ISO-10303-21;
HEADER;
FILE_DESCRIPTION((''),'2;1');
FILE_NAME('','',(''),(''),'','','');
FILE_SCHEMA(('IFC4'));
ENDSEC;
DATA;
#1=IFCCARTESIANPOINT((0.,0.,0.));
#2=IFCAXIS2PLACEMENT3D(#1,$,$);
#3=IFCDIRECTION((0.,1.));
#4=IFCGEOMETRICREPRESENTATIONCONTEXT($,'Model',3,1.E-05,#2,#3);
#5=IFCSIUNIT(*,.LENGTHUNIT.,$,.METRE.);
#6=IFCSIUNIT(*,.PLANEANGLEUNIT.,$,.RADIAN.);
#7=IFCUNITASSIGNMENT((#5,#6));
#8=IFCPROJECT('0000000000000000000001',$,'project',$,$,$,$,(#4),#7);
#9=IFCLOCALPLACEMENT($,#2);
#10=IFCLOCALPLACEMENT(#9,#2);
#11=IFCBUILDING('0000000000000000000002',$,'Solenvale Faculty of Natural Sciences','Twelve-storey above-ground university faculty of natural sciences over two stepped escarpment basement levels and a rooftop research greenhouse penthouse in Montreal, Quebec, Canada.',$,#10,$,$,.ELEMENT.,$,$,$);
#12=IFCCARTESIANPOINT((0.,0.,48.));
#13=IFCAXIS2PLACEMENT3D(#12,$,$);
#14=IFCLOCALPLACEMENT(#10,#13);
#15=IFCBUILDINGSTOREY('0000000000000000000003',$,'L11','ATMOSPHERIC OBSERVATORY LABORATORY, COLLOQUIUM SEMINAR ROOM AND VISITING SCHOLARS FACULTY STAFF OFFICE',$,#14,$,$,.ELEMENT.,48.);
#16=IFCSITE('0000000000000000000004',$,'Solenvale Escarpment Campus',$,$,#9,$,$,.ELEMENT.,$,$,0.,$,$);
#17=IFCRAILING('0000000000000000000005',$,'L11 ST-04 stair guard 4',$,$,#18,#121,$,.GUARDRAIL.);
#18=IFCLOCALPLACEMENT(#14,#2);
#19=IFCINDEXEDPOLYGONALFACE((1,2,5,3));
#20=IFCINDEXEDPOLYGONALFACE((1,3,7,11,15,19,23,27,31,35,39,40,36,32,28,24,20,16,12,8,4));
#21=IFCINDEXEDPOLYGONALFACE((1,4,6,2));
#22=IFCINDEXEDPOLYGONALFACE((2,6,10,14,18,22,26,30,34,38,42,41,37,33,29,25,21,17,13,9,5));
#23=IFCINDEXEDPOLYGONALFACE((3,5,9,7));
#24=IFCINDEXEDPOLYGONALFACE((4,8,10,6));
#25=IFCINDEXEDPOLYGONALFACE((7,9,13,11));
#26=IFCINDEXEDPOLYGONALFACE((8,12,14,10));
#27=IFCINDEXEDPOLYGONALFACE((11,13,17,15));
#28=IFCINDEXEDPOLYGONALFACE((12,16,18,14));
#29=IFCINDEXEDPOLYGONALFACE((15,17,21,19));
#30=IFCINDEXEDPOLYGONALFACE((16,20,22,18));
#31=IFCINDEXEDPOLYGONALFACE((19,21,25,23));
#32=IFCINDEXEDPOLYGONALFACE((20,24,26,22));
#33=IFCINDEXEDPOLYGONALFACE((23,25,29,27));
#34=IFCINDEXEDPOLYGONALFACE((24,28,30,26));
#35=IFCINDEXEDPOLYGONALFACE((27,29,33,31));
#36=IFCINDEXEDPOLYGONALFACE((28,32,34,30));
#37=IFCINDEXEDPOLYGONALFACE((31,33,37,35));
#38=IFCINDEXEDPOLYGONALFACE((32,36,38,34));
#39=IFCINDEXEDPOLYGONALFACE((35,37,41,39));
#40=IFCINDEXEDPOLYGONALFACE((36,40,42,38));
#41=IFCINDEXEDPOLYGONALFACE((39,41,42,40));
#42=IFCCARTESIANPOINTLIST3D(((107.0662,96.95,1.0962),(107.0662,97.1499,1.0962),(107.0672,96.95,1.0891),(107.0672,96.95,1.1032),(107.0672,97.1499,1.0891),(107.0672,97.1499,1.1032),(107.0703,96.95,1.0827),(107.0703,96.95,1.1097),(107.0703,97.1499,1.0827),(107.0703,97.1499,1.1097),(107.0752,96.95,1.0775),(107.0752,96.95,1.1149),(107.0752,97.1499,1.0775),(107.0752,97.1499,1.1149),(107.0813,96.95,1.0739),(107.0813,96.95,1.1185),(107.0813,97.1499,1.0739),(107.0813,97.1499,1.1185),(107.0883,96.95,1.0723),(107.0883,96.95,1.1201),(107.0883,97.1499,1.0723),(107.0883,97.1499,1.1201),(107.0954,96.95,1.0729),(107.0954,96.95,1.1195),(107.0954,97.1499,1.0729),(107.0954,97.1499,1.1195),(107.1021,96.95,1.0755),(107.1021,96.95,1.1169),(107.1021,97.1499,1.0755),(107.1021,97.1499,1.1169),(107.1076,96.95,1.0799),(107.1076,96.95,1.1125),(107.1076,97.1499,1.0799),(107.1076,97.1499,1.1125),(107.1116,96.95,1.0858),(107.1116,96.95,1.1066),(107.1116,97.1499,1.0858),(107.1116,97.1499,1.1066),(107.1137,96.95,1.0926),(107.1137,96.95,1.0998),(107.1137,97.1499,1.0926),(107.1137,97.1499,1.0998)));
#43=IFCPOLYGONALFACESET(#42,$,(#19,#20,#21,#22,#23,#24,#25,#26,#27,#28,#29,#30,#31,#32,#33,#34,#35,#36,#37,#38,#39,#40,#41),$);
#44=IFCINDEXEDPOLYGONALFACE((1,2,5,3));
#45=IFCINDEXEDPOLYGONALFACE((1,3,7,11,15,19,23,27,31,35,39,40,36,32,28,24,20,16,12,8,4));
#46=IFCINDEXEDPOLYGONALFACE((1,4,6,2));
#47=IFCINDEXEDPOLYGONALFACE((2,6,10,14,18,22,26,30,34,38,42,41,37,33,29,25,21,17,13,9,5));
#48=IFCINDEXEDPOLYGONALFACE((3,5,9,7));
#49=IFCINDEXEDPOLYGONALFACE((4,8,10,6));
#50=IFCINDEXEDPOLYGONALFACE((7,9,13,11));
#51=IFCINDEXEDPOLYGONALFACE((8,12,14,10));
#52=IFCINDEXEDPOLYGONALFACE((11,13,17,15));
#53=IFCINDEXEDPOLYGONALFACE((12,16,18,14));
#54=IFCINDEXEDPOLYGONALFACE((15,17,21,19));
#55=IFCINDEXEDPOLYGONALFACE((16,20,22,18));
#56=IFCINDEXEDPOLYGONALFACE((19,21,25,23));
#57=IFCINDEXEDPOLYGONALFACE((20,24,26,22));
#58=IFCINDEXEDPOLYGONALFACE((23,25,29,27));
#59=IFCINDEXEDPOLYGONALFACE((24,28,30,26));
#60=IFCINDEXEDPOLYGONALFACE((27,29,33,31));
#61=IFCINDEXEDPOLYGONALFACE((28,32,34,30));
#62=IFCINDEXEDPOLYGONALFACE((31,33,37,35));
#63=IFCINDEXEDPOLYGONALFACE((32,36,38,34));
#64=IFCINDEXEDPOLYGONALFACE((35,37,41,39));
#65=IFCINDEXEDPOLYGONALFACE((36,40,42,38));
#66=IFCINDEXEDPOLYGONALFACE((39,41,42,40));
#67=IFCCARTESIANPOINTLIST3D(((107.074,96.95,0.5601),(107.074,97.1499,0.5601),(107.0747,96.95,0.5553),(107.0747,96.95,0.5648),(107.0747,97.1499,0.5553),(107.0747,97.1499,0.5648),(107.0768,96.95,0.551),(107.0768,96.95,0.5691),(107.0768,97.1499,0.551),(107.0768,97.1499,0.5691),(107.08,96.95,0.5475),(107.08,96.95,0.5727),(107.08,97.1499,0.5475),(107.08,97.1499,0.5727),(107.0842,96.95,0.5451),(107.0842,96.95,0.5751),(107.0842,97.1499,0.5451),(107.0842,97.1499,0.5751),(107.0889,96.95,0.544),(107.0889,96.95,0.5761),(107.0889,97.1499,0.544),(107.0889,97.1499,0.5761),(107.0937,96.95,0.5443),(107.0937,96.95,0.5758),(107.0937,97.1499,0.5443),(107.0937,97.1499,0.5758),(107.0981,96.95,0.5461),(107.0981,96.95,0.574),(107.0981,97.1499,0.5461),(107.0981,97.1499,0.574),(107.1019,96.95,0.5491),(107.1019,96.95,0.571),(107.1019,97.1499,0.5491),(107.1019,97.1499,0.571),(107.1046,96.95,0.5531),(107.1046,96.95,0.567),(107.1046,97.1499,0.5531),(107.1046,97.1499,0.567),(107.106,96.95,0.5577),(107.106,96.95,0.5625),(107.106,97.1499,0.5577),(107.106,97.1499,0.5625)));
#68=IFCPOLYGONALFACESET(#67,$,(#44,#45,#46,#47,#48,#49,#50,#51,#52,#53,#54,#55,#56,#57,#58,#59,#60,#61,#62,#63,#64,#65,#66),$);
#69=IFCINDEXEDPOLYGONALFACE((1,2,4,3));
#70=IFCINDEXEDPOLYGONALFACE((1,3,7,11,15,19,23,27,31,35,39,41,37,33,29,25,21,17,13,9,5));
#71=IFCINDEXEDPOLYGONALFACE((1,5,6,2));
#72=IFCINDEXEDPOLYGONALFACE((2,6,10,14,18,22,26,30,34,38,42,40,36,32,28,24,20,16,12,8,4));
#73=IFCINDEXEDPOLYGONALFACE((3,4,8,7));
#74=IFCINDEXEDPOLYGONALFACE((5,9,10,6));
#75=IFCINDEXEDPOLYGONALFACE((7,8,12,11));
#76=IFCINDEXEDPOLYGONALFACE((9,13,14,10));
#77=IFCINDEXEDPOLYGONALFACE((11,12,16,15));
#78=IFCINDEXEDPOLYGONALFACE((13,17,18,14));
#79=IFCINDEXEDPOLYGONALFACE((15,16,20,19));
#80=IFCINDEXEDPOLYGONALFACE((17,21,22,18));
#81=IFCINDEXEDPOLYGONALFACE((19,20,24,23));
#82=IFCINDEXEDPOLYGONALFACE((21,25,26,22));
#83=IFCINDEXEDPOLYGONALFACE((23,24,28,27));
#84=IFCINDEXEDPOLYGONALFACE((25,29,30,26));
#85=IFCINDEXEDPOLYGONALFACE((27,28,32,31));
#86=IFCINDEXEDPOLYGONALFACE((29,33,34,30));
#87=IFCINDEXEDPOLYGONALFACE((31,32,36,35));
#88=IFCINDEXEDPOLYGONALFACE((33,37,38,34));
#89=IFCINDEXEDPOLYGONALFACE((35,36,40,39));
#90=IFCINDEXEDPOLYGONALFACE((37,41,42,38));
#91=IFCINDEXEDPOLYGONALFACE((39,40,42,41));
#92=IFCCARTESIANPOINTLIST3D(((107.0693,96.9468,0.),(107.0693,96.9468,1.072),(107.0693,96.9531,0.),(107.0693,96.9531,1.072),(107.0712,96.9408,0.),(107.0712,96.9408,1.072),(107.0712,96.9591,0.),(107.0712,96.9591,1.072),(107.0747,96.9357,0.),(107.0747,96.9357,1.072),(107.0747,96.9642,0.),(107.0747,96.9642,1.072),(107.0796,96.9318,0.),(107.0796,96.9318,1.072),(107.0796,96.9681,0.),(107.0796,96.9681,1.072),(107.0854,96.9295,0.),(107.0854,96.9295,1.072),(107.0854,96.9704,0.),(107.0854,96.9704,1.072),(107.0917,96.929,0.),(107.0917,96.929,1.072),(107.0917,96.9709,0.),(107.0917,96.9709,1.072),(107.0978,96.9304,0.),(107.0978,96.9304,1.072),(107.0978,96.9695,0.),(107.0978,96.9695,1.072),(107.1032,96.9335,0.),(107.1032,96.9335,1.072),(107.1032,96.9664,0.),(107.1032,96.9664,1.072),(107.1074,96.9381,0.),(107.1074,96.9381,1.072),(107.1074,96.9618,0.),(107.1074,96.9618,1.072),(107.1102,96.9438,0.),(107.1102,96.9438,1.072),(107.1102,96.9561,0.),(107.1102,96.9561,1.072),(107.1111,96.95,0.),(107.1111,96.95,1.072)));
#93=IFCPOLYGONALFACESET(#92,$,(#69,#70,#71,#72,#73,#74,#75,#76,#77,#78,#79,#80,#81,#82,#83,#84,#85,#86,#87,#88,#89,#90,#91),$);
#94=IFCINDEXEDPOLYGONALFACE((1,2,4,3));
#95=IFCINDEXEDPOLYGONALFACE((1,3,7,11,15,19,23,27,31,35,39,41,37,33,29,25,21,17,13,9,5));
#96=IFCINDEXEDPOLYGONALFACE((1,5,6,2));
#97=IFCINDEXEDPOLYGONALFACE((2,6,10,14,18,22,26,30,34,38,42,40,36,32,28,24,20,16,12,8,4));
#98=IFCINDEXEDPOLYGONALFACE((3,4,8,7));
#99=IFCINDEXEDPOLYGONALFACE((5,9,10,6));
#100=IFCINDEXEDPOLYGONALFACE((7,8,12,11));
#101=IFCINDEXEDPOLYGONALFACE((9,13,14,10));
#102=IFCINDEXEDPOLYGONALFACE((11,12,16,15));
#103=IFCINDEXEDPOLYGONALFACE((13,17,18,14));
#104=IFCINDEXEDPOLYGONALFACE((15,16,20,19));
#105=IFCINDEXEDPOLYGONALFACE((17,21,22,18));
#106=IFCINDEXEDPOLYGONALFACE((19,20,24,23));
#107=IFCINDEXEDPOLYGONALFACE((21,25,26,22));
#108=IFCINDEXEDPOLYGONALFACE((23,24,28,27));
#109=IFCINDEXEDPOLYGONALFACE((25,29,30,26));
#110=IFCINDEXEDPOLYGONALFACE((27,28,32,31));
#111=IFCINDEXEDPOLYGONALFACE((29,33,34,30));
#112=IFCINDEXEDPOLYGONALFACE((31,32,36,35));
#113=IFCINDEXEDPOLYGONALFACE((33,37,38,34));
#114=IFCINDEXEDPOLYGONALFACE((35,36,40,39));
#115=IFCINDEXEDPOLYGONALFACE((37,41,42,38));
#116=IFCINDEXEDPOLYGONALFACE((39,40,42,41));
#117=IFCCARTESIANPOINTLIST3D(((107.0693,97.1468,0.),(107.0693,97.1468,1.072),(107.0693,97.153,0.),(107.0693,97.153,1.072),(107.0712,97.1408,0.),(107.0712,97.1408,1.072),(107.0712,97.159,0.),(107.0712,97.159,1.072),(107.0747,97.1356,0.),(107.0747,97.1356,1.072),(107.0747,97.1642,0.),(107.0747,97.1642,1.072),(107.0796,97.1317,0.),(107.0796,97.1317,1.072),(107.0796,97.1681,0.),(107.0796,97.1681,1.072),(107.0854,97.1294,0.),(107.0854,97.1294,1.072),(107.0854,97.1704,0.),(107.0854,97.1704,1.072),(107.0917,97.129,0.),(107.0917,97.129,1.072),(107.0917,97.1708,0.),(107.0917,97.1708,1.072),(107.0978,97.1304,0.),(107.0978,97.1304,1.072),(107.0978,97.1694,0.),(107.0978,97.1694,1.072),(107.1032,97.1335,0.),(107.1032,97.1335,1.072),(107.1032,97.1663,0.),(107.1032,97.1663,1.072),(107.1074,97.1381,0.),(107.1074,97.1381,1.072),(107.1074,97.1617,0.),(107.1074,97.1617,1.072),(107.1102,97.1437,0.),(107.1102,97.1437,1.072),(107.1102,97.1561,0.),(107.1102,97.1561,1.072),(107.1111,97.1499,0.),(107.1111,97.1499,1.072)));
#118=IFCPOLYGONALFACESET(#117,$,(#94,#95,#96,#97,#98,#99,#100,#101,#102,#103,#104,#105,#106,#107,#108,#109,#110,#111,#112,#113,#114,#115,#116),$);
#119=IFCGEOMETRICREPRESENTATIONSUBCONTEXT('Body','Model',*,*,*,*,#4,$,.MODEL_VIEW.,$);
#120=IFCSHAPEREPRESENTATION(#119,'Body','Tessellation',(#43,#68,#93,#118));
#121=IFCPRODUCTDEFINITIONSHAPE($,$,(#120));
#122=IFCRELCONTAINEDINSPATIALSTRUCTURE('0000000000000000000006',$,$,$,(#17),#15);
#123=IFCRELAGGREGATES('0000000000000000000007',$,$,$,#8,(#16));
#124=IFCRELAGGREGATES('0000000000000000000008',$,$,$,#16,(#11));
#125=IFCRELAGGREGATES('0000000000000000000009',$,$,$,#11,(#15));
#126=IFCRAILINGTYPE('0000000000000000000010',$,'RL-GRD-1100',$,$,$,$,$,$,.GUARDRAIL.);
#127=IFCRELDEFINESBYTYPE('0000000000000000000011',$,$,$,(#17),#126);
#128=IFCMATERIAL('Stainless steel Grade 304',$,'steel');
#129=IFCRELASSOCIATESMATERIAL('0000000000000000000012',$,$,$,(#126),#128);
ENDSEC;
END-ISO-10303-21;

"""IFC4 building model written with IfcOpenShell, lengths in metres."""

from ifc_helpers import new_model, si_unit, direction, frame, origin, origin_2d, place, context, subcontext, project, spatial, circle, extrude, material, type_object, element, save


model = new_model("IFC4")

# Units and contexts
model_context = context("Model", 3, precision=1e-05, world=origin(), true_north=direction((0.0, 1.0)))
body_context = subcontext(model_context, "Body", "Model", "MODEL_VIEW")
ifc_project = project(units=[si_unit("LENGTHUNIT", "METRE"), si_unit("PLANEANGLEUNIT", "RADIAN")], contexts=[model_context])

# Site, building, storey
site_placement = place(None, origin())
site = spatial("IfcSite", under=ifc_project, at=site_placement, Name="Solenvale Escarpment Campus", CompositionType="ELEMENT", RefElevation=0.0)
building_placement = place(site_placement, origin())
building = spatial("IfcBuilding", under=site, at=building_placement, Name="Solenvale Faculty of Natural Sciences", Description="Twelve-storey above-ground university faculty of natural sciences over two stepped escarpment basement levels and a rooftop research greenhouse penthouse in Montreal, Quebec, Canada.", CompositionType="ELEMENT")
storey_placement = place(building_placement, frame((0.0, 0.0, 48.0)))
storey = spatial("IfcBuildingStorey", under=building, at=storey_placement, Name="L11", Description="ATMOSPHERIC OBSERVATORY LABORATORY, COLLOQUIUM SEMINAR ROOM AND VISITING SCHOLARS FACULTY STAFF OFFICE", CompositionType="ELEMENT", Elevation=48.0)

# Railing
ifc_material_1 = material(Name="Stainless steel Grade 304", Category="steel")
railing_type_1 = type_object("IfcRailingType", Name="RL-GRD-1100", PredefinedType="GUARDRAIL", material=ifc_material_1)
railing_1_placement = place(storey_placement, frame((107.0901, 96.95, 0.0)))
element("IfcRailing", 1, at=railing_1_placement, inside=storey, type_object=railing_type_1, Name="L11 ST-04 stair guard 4", PredefinedType="GUARDRAIL", context=body_context, shape_type="SweptSolid", body=[
    extrude(circle(Radius=0.0239, at=origin_2d()), frame((0.0, 0.0, 1.0962), z_axis=(0.0, 1.0, 0.0), x_axis=(-1.0, 0.0, 0.0)), (0.0, 0.0, 1.0), 0.2),
    extrude(circle(Radius=0.0161, at=origin_2d()), frame((0.0, 0.0, 0.5601), z_axis=(0.0, 1.0, 0.0), x_axis=(-1.0, 0.0, 0.0)), (0.0, 0.0, 1.0), 0.2),
    extrude(circle(Radius=0.021, at=origin_2d()), origin(), (0.0, 0.0, 1.0), 1.072),
    extrude(circle(Radius=0.021, at=origin_2d()), frame((0.0, 0.2, 0.0)), (0.0, 0.0, 1.0), 1.072),
])

save(model, "model.ifc")
